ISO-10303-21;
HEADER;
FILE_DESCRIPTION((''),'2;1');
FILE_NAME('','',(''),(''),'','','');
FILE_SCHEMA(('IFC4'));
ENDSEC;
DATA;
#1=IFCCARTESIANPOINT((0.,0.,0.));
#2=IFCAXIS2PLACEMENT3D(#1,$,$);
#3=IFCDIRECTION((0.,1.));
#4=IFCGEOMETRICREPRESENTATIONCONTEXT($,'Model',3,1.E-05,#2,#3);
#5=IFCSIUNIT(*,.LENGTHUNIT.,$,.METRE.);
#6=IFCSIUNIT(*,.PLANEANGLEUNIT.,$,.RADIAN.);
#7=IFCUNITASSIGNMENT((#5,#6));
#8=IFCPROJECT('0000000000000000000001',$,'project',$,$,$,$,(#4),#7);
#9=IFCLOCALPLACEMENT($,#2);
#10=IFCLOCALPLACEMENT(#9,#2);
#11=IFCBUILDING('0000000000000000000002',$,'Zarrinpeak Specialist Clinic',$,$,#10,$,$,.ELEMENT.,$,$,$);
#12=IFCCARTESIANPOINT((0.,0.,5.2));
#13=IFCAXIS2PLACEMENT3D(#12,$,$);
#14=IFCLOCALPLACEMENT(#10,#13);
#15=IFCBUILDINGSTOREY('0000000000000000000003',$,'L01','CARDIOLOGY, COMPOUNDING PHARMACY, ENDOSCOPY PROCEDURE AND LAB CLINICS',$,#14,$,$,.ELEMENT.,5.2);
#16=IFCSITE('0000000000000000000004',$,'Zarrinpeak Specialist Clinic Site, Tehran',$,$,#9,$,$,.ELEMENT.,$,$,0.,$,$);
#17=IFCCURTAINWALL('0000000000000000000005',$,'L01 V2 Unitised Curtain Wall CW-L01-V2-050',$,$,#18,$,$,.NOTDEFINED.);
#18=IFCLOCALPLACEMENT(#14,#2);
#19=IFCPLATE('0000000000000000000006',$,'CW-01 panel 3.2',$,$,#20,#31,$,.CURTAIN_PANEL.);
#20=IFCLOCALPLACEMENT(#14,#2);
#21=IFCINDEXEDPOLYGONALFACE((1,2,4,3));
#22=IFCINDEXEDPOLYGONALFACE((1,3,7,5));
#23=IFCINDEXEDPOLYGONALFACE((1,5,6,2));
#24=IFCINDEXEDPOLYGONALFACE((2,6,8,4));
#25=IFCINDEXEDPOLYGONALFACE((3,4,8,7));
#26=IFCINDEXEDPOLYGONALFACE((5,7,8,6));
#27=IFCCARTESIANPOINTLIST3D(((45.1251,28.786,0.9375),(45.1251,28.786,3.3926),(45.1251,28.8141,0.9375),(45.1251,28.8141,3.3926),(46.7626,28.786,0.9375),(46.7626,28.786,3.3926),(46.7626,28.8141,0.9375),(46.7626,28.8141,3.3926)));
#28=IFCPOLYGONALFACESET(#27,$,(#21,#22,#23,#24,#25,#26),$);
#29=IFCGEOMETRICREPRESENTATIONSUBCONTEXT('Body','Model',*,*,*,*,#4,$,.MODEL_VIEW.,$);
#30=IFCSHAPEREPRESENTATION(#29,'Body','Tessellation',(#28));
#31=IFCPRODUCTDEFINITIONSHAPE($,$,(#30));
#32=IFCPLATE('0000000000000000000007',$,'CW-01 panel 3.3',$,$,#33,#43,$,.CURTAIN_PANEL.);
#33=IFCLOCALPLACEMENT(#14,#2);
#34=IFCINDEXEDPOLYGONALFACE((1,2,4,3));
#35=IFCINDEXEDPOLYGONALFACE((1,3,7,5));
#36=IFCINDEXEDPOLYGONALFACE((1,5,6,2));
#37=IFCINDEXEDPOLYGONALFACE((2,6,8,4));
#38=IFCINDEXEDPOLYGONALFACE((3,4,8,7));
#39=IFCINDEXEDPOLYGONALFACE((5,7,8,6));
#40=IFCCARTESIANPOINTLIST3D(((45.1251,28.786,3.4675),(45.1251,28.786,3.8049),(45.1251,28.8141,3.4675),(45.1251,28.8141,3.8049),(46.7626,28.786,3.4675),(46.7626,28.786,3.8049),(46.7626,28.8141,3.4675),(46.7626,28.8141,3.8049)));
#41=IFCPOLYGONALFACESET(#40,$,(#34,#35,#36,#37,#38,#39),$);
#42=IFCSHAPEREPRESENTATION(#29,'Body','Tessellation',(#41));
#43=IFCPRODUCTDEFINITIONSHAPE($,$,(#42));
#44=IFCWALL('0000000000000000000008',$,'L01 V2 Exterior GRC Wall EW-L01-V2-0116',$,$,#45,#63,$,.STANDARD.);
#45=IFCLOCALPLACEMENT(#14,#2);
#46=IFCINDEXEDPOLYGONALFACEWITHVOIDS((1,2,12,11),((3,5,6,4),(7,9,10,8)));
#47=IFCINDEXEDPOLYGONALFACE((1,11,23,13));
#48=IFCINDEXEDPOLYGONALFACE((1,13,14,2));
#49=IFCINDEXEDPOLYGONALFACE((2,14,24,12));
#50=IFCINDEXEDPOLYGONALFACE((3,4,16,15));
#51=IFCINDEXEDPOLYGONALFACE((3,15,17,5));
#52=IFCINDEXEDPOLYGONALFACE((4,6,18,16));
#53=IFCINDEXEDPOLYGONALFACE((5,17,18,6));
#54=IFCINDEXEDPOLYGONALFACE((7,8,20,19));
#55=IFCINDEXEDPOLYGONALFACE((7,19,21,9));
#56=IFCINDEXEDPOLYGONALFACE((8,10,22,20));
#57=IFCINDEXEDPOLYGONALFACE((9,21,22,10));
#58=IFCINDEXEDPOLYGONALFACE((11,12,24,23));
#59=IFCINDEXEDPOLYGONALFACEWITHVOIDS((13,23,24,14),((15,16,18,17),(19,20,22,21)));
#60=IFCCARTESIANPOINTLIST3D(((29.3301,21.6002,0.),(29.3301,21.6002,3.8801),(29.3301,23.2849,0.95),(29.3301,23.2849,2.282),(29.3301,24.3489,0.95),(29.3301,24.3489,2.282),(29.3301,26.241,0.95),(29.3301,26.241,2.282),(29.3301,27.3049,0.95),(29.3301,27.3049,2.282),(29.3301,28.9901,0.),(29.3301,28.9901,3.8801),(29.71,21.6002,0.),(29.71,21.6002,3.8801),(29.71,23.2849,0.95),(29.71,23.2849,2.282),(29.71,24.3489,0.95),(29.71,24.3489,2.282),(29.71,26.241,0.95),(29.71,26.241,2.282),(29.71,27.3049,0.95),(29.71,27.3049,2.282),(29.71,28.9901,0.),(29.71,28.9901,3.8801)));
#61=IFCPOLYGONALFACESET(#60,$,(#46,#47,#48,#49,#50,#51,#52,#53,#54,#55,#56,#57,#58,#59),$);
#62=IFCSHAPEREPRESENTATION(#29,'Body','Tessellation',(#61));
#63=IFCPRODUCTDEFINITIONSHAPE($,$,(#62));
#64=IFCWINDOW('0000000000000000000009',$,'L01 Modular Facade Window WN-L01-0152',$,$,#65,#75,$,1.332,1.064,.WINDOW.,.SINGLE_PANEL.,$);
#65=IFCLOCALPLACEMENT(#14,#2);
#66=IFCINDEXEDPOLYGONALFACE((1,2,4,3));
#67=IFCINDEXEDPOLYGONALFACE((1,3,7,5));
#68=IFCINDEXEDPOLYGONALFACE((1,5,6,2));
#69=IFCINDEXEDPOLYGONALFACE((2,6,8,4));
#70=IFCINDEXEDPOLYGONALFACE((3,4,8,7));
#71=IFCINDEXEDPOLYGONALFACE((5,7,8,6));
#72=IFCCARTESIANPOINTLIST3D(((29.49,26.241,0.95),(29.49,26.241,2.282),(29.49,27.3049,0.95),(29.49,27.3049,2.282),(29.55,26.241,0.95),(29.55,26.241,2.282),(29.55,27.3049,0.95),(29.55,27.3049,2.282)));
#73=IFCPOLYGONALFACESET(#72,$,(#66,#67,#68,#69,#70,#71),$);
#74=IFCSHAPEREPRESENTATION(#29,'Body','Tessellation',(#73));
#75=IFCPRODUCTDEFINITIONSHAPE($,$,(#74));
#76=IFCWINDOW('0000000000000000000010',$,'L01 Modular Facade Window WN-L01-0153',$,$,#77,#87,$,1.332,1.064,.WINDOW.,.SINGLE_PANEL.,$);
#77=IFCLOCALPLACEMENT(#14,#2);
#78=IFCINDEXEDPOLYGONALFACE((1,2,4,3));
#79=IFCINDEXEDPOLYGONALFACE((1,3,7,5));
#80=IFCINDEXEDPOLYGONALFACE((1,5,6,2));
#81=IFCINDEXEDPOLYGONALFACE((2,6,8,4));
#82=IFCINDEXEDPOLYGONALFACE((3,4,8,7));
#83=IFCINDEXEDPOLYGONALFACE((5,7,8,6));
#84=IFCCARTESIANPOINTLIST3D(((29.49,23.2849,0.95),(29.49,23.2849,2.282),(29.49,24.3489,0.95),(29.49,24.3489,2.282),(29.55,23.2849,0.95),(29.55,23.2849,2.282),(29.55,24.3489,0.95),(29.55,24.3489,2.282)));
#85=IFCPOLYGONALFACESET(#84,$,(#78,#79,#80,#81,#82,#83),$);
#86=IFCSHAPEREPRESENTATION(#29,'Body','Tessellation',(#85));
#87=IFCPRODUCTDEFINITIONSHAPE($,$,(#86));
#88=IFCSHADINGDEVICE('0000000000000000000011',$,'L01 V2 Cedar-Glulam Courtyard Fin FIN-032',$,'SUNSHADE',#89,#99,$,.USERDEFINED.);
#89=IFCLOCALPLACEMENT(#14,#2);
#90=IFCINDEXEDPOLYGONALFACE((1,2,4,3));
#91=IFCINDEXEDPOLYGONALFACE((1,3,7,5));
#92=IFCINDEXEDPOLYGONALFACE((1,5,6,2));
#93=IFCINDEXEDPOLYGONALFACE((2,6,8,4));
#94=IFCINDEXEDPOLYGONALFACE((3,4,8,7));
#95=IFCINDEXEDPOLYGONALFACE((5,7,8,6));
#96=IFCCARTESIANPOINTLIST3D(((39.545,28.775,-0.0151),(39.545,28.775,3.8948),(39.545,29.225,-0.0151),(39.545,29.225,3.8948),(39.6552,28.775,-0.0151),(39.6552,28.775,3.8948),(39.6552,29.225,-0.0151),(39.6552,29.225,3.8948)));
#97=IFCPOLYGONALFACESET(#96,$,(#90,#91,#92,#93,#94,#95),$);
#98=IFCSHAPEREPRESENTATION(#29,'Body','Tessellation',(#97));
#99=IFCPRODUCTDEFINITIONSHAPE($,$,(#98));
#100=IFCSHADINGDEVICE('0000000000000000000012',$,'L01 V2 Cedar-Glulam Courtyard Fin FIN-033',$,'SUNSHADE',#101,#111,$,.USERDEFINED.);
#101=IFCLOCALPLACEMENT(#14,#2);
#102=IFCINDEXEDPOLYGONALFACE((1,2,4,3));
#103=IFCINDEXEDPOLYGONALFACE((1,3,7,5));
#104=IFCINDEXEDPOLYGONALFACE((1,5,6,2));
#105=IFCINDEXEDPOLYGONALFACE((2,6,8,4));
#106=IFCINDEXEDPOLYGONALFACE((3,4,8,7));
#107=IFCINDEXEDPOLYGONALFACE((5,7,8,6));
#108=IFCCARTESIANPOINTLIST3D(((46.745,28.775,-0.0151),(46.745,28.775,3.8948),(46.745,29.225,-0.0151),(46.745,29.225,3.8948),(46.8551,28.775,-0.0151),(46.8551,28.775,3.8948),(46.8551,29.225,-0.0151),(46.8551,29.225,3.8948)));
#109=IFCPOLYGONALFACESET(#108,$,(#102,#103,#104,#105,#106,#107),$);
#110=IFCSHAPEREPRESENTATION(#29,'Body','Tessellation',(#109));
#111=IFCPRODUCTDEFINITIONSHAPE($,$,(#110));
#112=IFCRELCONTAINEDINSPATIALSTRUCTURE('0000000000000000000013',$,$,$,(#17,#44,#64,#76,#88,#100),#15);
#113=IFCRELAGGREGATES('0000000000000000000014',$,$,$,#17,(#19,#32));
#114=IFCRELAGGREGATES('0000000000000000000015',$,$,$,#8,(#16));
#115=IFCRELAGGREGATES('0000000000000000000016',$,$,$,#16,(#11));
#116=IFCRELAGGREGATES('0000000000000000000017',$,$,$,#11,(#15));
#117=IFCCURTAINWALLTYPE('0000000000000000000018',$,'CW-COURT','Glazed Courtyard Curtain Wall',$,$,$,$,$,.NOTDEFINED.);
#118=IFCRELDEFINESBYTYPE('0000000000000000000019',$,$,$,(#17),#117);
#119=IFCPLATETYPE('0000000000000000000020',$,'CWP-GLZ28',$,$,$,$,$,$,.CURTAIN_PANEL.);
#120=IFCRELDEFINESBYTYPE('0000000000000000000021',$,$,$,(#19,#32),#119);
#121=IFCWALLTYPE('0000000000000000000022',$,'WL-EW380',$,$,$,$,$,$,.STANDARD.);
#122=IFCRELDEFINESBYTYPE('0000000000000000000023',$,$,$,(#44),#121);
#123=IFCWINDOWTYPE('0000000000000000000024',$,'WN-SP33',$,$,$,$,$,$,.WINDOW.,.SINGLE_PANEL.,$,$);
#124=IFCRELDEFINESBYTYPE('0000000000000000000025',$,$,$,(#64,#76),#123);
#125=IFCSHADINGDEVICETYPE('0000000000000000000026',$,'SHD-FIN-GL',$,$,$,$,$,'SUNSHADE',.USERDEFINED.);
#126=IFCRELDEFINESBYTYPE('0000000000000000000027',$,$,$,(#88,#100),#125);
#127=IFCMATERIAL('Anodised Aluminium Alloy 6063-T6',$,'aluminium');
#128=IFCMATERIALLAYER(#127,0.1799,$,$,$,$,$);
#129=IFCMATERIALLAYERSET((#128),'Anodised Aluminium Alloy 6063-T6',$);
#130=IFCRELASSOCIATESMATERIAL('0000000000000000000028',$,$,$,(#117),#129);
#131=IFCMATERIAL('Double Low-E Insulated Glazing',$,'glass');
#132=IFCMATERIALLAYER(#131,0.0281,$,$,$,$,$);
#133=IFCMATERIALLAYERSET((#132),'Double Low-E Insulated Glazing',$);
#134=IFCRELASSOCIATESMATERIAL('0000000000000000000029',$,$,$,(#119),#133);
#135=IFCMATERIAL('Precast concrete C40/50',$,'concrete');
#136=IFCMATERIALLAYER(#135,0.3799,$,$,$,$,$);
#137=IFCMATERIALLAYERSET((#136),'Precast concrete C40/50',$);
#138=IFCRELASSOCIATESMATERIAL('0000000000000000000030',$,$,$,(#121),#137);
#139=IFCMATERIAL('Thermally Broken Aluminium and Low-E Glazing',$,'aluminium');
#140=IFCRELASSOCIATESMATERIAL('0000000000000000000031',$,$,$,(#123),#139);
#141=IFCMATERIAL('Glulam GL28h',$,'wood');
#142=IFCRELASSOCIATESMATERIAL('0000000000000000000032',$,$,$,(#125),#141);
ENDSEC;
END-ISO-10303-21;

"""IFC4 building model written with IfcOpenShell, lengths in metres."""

from ifc_helpers import new_model, si_unit, direction, frame, frame_2d, origin, origin_2d, place, context, subcontext, project, spatial, rectangle, extrude, material, layer, layer_set, type_object, element, fill, aggregate, save


model = new_model("IFC4")

# Units and contexts
model_context = context("Model", 3, precision=1e-05, world=origin(), true_north=direction((0.0, 1.0)))
body_context = subcontext(model_context, "Body", "Model", "MODEL_VIEW")
ifc_project = project(units=[si_unit("LENGTHUNIT", "METRE"), si_unit("PLANEANGLEUNIT", "RADIAN")], contexts=[model_context])

# Site, building, storey
site_placement = place(None, origin())
site = spatial("IfcSite", under=ifc_project, at=site_placement, Name="Zarrinpeak Specialist Clinic Site, Tehran", CompositionType="ELEMENT", RefElevation=0.0)
building_placement = place(site_placement, origin())
building = spatial("IfcBuilding", under=site, at=building_placement, Name="Zarrinpeak Specialist Clinic", CompositionType="ELEMENT")
storey_placement = place(building_placement, frame((0.0, 0.0, 5.2)))
storey = spatial("IfcBuildingStorey", under=building, at=storey_placement, Name="L01", Description="CARDIOLOGY, COMPOUNDING PHARMACY, ENDOSCOPY PROCEDURE AND LAB CLINICS", CompositionType="ELEMENT", Elevation=5.2)

# Curtain wall, plates
ifc_material_1 = material(Name="Anodised Aluminium Alloy 6063-T6", Category="aluminium")
ifc_layer_1 = layer(ifc_material_1, 0.1799)
ifc_layer_set_1 = layer_set([ifc_layer_1], Name="Anodised Aluminium Alloy 6063-T6")
curtain_wall_type = type_object("IfcCurtainWallType", Name="CW-COURT", Description="Glazed Courtyard Curtain Wall", PredefinedType="NOTDEFINED", material=ifc_layer_set_1)
curtain_wall_placement = place(storey_placement, origin())
curtain_wall = element("IfcCurtainWall", 1, at=curtain_wall_placement, inside=storey, type_object=curtain_wall_type, Name="L01 V2 Unitised Curtain Wall CW-L01-V2-050", PredefinedType="NOTDEFINED")
ifc_material_2 = material(Name="Double Low-E Insulated Glazing", Category="glass")
ifc_layer_2 = layer(ifc_material_2, 0.0281)
ifc_layer_set_2 = layer_set([ifc_layer_2], Name="Double Low-E Insulated Glazing")
plate_type = type_object("IfcPlateType", Name="CWP-GLZ28", PredefinedType="CURTAIN_PANEL", material=ifc_layer_set_2)
plate_1_placement = place(storey_placement, frame((45.9438, 28.8, 0.9375), z_axis=(0.0, 0.0, 1.0), x_axis=(-1.0, 0.0, 0.0)))
plate_1 = element("IfcPlate", 2, at=plate_1_placement, type_object=plate_type, Name="CW-01 panel 3.2", PredefinedType="CURTAIN_PANEL", context=body_context, shape_type="SweptSolid", body=[
    extrude(rectangle(XDim=1.6375, YDim=0.0281, at=origin_2d()), origin(), (0.0, 0.0, 1.0), 2.4551),
])
plate_2_placement = place(storey_placement, frame((45.9438, 28.8, 3.4675), z_axis=(0.0, 0.0, 1.0), x_axis=(-1.0, 0.0, 0.0)))
plate_2 = element("IfcPlate", 3, at=plate_2_placement, type_object=plate_type, Name="CW-01 panel 3.3", PredefinedType="CURTAIN_PANEL", context=body_context, shape_type="SweptSolid", body=[
    extrude(rectangle(XDim=1.6375, YDim=0.0281, at=origin_2d()), origin(), (0.0, 0.0, 1.0), 0.3374),
])
aggregate(curtain_wall, [plate_1, plate_2])

# Wall, openings, windows
ifc_material_3 = material(Name="Precast concrete C40/50", Category="concrete")
ifc_layer_3 = layer(ifc_material_3, 0.3799)
ifc_layer_set_3 = layer_set([ifc_layer_3], Name="Precast concrete C40/50")
wall_type = type_object("IfcWallType", Name="WL-EW380", PredefinedType="STANDARD", material=ifc_layer_set_3)
wall_placement = place(storey_placement, frame((29.52, 28.99, 0.0), z_axis=(0.0, 0.0, 1.0), x_axis=(0.0, -1.0, 0.0)))
wall = element("IfcWall", 4, at=wall_placement, inside=storey, type_object=wall_type, Name="L01 V2 Exterior GRC Wall EW-L01-V2-0116", PredefinedType="STANDARD", context=body_context, shape_type="SweptSolid", body=[
    extrude(rectangle(XDim=7.3899, YDim=0.3799, at=frame_2d((3.6948, 0.0))), origin(), (0.0, 0.0, 1.0), 3.8801),
])
opening_1_placement = place(wall_placement, frame((1.6851, 0.0, 0.95)))
opening_1 = element("IfcOpeningElement", 5, at=opening_1_placement, cuts=wall, PredefinedType="OPENING", context=body_context, shape_type="SweptSolid", body=[
    extrude(rectangle(XDim=1.064, YDim=1.332, at=frame_2d((0.532, 0.666))), frame((0.0, 0.2, 0.0), z_axis=(0.0, -1.0, 0.0), x_axis=(1.0, 0.0, 0.0)), (0.0, 0.0, 1.0), 0.3999),
])
opening_2_placement = place(wall_placement, frame((4.6411, 0.0, 0.95)))
opening_2 = element("IfcOpeningElement", 6, at=opening_2_placement, cuts=wall, PredefinedType="OPENING", context=body_context, shape_type="SweptSolid", body=[
    extrude(rectangle(XDim=1.064, YDim=1.332, at=frame_2d((0.532, 0.666))), frame((0.0, 0.2, 0.0), z_axis=(0.0, -1.0, 0.0), x_axis=(1.0, 0.0, 0.0)), (0.0, 0.0, 1.0), 0.3999),
])
ifc_material_4 = material(Name="Thermally Broken Aluminium and Low-E Glazing", Category="aluminium")
window_type = type_object("IfcWindowType", Name="WN-SP33", PartitioningType="SINGLE_PANEL", PredefinedType="WINDOW", material=ifc_material_4)
window_1_placement = place(opening_1_placement, origin())
window_1 = element("IfcWindow", 7, at=window_1_placement, inside=storey, type_object=window_type, Name="L01 Modular Facade Window WN-L01-0152", OverallHeight=1.332, OverallWidth=1.064, PartitioningType="SINGLE_PANEL", PredefinedType="WINDOW", context=body_context, shape_type="SweptSolid", body=[
    extrude(rectangle(XDim=1.064, YDim=1.332, at=frame_2d((0.532, 0.666))), frame((0.0, 0.03, 0.0), z_axis=(0.0, -1.0, 0.0), x_axis=(1.0, 0.0, 0.0)), (0.0, 0.0, 1.0), 0.0601),
])
fill(opening_1, window_1)
window_2_placement = place(opening_2_placement, origin())
window_2 = element("IfcWindow", 8, at=window_2_placement, inside=storey, type_object=window_type, Name="L01 Modular Facade Window WN-L01-0153", OverallHeight=1.332, OverallWidth=1.064, PartitioningType="SINGLE_PANEL", PredefinedType="WINDOW", context=body_context, shape_type="SweptSolid", body=[
    extrude(rectangle(XDim=1.064, YDim=1.332, at=frame_2d((0.532, 0.666))), frame((0.0, 0.03, 0.0), z_axis=(0.0, -1.0, 0.0), x_axis=(1.0, 0.0, 0.0)), (0.0, 0.0, 1.0), 0.0601),
])
fill(opening_2, window_2)

# Shading devices
ifc_material_5 = material(Name="Glulam GL28h", Category="wood")
shading_device_type = type_object("IfcShadingDeviceType", Name="SHD-FIN-GL", ElementType="SUNSHADE", PredefinedType="USERDEFINED", material=ifc_material_5)
for number, where, z_axis, x_axis, name in (
    (9, (39.6001, 29.0, -0.0151), (0.0, 0.0, 1.0), (1.0, 0.0, 0.0), "L01 V2 Cedar-Glulam Courtyard Fin FIN-032"),
    (10, (46.8, 29.0, -0.0151), (0.0, 0.0, 1.0), (1.0, 0.0, 0.0), "L01 V2 Cedar-Glulam Courtyard Fin FIN-033"),
):
    element("IfcShadingDevice", number, at=place(storey_placement, frame(where, z_axis=z_axis, x_axis=x_axis)), inside=storey, type_object=shading_device_type, Name=name, ObjectType="SUNSHADE", PredefinedType="USERDEFINED", context=body_context, shape_type="SweptSolid", body=[
        extrude(rectangle(XDim=0.1101, YDim=0.45, at=origin_2d()), origin(), (0.0, 0.0, 1.0), 3.9099),
    ])

save(model, "model.ifc")
